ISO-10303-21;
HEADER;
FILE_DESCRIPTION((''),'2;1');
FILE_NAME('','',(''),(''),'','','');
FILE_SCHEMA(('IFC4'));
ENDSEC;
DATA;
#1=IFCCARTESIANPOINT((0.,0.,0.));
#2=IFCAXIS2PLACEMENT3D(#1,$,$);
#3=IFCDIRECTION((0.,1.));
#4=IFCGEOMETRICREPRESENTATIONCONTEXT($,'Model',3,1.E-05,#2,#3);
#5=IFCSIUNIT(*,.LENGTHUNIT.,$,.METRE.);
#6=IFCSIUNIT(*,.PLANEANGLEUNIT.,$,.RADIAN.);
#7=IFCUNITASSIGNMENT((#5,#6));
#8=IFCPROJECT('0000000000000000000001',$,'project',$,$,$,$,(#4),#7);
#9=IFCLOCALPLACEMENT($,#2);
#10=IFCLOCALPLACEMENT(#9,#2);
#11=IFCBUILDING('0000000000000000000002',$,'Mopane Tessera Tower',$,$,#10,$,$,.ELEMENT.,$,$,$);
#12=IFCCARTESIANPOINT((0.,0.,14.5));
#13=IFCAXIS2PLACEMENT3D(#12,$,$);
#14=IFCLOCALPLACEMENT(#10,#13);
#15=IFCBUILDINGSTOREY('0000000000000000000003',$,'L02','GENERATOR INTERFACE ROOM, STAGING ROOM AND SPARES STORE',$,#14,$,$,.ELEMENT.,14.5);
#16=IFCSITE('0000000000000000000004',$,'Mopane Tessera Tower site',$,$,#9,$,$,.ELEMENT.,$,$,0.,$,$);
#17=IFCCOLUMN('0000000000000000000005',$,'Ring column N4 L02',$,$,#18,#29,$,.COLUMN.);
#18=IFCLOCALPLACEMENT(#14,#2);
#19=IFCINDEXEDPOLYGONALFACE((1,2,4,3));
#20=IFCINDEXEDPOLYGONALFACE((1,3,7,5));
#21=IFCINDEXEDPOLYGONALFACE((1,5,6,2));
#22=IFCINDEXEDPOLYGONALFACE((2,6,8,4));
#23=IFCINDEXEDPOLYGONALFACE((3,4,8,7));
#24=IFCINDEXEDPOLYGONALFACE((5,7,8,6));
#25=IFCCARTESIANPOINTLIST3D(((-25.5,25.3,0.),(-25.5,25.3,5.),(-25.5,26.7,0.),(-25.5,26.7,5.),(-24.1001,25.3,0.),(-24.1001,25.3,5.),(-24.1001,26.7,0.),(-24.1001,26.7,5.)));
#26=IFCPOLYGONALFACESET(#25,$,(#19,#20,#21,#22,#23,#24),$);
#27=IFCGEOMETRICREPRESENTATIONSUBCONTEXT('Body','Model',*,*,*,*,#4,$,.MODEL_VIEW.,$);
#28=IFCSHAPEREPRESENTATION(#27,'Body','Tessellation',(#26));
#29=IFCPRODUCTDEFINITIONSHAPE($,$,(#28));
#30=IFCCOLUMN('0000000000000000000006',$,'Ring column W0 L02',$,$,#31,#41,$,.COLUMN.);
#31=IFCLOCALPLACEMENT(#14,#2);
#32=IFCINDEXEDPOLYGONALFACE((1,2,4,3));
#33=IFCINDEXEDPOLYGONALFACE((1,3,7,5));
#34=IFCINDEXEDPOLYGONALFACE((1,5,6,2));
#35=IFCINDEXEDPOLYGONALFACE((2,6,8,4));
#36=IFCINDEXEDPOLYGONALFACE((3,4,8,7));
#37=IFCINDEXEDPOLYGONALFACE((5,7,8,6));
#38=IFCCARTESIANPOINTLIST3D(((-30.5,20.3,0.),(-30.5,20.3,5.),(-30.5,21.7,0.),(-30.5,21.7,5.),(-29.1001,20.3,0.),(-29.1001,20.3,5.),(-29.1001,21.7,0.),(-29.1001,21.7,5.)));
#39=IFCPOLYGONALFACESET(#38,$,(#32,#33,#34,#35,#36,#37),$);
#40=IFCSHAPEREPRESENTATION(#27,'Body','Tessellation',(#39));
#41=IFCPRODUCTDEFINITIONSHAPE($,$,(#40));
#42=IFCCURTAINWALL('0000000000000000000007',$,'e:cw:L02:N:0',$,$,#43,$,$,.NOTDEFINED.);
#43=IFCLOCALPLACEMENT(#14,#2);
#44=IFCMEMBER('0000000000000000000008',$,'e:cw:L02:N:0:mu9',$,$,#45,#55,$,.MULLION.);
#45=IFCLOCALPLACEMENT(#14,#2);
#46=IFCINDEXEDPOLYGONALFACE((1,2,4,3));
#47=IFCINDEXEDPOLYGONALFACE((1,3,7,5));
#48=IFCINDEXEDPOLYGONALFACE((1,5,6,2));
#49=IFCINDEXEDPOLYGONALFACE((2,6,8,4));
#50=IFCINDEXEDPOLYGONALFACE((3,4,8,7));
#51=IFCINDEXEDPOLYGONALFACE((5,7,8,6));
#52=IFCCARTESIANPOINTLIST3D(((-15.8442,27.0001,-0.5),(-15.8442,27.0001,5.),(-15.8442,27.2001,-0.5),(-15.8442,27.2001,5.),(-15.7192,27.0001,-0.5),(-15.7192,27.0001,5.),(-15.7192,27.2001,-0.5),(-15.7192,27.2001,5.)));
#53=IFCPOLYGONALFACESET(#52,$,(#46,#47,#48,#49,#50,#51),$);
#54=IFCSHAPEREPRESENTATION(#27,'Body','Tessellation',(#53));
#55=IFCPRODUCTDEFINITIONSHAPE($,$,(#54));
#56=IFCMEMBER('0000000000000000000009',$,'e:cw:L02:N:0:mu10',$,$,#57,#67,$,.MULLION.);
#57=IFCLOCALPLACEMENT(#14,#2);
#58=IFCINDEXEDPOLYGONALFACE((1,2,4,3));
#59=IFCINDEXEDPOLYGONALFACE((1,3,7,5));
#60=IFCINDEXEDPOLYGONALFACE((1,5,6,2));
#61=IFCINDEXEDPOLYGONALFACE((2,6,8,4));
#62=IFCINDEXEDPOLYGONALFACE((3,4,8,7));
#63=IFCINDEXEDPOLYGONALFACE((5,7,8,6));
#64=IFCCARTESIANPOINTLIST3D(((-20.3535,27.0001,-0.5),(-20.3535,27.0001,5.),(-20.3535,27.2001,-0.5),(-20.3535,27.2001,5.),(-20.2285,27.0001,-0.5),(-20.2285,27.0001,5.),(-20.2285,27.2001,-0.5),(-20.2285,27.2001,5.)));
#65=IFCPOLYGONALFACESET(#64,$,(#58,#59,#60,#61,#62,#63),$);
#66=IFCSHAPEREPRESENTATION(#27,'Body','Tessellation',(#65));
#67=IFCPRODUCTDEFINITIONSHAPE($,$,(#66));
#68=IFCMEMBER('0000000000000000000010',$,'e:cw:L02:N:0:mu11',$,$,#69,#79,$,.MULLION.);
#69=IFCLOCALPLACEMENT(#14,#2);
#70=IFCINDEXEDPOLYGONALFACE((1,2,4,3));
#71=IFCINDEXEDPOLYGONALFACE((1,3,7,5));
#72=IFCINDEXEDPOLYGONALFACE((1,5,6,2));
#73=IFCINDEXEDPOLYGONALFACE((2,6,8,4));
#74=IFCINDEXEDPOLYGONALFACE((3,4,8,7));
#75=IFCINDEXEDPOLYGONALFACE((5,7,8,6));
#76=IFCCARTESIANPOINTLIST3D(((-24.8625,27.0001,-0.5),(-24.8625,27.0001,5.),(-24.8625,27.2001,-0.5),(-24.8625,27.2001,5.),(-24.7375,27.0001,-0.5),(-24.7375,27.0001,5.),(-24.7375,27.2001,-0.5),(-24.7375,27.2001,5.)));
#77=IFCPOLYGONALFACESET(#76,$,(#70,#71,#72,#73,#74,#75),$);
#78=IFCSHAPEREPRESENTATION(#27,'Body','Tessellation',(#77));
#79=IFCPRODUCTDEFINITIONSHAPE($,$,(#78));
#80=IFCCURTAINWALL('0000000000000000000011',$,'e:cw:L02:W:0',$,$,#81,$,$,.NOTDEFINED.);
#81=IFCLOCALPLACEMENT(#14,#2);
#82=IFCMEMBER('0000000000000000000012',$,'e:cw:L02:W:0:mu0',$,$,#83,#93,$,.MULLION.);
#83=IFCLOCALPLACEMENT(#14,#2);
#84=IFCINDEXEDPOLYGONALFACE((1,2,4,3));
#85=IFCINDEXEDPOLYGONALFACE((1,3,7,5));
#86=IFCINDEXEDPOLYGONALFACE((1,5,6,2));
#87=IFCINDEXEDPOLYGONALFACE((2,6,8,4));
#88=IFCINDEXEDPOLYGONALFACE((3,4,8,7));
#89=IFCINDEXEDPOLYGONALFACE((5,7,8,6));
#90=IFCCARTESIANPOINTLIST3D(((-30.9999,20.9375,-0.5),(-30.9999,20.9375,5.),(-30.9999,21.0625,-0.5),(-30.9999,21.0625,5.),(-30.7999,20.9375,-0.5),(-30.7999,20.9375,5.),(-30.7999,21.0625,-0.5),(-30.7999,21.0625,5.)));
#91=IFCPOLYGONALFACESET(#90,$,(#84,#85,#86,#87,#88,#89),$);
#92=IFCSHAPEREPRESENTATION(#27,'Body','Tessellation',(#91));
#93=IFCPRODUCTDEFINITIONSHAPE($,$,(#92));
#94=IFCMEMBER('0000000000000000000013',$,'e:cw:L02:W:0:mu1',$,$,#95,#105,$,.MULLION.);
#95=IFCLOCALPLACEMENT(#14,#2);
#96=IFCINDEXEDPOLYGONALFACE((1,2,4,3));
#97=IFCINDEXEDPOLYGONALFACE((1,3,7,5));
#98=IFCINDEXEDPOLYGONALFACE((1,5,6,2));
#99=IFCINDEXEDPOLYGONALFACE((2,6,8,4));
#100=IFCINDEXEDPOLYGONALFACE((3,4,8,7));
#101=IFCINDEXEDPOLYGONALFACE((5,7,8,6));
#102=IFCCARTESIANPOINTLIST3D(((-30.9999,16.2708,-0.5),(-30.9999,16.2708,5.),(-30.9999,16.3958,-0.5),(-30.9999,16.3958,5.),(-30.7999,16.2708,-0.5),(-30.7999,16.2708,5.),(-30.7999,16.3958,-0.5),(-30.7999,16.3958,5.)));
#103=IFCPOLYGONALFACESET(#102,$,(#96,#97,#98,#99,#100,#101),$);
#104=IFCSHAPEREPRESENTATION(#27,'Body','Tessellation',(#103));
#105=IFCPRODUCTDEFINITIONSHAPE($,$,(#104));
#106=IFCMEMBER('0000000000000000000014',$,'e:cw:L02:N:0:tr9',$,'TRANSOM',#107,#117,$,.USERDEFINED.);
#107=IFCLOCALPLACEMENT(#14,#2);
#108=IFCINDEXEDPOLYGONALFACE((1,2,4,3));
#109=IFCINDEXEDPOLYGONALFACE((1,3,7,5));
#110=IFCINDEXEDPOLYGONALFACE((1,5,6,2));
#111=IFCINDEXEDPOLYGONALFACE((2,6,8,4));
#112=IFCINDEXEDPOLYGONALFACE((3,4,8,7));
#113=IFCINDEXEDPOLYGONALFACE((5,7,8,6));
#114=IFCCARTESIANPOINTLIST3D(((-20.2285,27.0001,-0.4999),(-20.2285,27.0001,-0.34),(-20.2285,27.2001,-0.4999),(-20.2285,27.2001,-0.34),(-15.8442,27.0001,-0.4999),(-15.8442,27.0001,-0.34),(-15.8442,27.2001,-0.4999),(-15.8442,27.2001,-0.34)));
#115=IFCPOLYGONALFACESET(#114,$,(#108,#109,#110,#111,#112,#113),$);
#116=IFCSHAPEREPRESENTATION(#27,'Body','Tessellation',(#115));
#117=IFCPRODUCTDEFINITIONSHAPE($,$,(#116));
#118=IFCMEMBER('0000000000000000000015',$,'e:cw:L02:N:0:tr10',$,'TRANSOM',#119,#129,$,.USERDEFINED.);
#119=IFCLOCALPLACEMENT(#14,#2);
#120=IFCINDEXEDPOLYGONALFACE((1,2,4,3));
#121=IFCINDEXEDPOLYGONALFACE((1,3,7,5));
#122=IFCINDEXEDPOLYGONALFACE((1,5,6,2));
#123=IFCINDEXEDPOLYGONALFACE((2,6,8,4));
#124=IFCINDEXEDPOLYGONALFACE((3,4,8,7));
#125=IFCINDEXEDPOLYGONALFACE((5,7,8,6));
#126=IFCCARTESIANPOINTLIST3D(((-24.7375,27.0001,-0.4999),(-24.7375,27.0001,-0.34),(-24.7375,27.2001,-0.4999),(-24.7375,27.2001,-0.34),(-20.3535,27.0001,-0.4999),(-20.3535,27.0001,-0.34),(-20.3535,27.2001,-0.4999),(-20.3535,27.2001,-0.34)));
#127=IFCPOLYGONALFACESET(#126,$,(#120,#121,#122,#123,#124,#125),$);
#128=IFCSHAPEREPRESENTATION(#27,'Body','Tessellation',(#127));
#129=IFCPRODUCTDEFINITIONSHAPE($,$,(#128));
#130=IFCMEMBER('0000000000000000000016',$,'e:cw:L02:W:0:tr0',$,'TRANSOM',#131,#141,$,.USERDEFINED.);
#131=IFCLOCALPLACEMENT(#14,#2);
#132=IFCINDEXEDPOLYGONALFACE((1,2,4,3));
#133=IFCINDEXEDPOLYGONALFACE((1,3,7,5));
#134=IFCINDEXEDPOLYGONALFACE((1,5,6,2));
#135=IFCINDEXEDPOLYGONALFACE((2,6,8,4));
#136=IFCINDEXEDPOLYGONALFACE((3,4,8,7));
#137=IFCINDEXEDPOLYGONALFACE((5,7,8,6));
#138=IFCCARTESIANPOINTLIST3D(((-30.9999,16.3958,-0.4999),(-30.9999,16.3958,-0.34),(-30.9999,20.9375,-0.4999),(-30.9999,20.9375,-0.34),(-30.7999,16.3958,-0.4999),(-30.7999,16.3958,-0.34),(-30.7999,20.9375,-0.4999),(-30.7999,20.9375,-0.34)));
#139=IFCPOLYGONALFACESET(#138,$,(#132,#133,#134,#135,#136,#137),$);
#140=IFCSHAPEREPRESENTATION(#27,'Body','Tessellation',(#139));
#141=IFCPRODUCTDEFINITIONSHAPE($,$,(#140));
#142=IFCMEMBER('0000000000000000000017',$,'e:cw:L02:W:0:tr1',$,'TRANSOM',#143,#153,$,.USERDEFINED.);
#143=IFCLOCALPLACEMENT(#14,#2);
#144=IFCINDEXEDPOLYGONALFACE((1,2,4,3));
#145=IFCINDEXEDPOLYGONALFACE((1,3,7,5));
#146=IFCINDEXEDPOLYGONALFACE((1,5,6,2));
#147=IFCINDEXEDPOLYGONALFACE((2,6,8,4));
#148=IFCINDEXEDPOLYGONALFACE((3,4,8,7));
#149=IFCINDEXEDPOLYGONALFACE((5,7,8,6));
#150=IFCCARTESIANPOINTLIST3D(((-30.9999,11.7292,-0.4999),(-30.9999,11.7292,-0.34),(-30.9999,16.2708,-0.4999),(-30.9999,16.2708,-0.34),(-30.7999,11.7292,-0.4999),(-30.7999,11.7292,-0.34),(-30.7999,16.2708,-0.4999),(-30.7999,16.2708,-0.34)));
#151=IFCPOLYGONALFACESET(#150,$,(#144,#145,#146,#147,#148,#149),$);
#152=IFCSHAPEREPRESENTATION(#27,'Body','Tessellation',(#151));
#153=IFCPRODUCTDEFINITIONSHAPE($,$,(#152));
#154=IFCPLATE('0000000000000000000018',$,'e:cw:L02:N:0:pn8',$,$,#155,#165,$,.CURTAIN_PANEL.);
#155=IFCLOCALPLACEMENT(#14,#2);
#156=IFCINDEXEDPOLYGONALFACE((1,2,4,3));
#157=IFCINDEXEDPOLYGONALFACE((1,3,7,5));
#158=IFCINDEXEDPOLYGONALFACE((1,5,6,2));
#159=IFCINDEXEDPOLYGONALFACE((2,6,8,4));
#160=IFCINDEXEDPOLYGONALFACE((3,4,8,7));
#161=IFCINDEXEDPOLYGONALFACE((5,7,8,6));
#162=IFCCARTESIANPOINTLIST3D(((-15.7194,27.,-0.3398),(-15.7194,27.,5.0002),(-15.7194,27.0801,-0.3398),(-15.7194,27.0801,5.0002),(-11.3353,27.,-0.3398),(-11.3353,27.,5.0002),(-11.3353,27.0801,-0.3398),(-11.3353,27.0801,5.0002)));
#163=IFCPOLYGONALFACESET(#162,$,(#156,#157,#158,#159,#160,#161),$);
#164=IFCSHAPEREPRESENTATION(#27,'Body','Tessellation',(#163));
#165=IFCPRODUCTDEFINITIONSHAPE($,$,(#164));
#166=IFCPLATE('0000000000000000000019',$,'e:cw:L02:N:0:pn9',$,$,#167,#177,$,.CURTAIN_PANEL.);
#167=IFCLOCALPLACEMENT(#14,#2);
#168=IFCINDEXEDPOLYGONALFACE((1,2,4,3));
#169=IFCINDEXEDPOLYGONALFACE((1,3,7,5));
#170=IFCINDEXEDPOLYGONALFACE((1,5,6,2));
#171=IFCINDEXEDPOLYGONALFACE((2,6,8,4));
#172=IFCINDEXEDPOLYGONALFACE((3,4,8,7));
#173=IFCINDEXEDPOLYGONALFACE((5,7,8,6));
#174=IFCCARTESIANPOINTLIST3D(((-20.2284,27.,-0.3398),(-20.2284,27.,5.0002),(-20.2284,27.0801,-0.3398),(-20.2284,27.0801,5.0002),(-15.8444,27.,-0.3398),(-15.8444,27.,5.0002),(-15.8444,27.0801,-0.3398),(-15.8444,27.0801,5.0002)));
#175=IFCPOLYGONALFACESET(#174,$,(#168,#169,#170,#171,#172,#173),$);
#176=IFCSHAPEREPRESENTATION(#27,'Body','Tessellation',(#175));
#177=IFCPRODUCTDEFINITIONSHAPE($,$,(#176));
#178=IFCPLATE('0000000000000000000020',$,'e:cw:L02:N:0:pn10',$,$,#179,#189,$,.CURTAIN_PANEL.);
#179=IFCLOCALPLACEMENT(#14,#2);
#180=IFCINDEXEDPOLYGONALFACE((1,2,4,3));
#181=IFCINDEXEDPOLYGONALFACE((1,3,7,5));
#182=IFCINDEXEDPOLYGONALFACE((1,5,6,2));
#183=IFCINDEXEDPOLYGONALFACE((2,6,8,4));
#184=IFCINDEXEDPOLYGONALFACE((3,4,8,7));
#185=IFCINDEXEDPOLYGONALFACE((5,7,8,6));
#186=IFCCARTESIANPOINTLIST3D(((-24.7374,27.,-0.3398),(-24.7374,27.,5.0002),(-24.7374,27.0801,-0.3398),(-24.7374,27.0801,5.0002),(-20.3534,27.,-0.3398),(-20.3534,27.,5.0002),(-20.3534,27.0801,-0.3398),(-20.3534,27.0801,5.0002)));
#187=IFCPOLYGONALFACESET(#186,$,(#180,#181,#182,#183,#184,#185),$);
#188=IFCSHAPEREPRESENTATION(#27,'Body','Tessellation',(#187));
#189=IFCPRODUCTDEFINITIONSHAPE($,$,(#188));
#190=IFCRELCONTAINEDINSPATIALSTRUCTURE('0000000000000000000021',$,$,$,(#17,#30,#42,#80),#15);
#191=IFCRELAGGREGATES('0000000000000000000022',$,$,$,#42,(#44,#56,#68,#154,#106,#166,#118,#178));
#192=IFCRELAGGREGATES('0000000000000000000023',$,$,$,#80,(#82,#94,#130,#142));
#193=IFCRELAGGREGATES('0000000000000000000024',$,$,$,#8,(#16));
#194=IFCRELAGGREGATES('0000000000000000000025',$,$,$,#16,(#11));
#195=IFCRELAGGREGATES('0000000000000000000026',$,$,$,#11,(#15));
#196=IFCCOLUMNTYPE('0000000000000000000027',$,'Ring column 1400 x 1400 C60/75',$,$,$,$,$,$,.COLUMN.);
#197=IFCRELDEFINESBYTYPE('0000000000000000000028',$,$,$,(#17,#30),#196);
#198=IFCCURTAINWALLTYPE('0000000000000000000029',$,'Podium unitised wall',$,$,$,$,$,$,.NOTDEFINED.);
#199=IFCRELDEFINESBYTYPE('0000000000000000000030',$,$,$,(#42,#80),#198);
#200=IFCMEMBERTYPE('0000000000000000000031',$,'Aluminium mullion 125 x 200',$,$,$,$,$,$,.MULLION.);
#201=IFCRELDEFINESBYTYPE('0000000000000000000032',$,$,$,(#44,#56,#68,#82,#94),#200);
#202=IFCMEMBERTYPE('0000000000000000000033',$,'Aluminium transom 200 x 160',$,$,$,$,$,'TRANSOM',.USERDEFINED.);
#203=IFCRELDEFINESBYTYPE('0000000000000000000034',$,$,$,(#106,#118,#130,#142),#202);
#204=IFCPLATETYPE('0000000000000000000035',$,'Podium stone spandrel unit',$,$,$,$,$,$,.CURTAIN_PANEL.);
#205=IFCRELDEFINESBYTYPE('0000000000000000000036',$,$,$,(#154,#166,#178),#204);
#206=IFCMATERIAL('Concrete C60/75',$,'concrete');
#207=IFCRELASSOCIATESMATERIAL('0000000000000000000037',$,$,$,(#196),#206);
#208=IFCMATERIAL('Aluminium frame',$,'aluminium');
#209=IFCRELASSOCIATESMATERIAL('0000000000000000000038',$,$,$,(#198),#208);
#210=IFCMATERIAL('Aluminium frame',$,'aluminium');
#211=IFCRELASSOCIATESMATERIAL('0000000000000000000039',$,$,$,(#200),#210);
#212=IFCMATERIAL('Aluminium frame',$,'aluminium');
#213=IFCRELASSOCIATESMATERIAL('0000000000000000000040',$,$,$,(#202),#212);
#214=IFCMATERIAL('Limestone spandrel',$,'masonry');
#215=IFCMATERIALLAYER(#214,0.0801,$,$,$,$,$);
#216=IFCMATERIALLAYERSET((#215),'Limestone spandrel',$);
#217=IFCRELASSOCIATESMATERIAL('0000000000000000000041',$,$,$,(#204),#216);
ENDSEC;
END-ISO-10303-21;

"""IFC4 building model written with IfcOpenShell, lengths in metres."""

from ifc_helpers import new_model, si_unit, direction, frame, origin, origin_2d, place, context, subcontext, project, spatial, rectangle, extrude, material, layer, layer_set, material_profile, profile_set, type_object, element, aggregate, save


model = new_model("IFC4")

# Units and contexts
model_context = context("Model", 3, precision=1e-05, world=origin(), true_north=direction((0.0, 1.0)))
body_context = subcontext(model_context, "Body", "Model", "MODEL_VIEW")
ifc_project = project(units=[si_unit("LENGTHUNIT", "METRE"), si_unit("PLANEANGLEUNIT", "RADIAN")], contexts=[model_context])

# Site, building, storey
site_placement = place(None, origin())
site = spatial("IfcSite", under=ifc_project, at=site_placement, Name="Mopane Tessera Tower site", CompositionType="ELEMENT", RefElevation=0.0)
building_placement = place(site_placement, origin())
building = spatial("IfcBuilding", under=site, at=building_placement, Name="Mopane Tessera Tower", CompositionType="ELEMENT")
storey_placement = place(building_placement, frame((0.0, 0.0, 14.5)))
storey = spatial("IfcBuildingStorey", under=building, at=storey_placement, Name="L02", Description="GENERATOR INTERFACE ROOM, STAGING ROOM AND SPARES STORE", CompositionType="ELEMENT", Elevation=14.5)

# Columns
ifc_material_1 = material(Name="Concrete C60/75", Category="concrete")
ifc_material_profile_1 = material_profile(ifc_material_1, rectangle(XDim=1.3999, YDim=1.3999, at=origin_2d()))
ifc_profile_set_1 = profile_set([ifc_material_profile_1], Name="Concrete C60/75")
column_type = type_object("IfcColumnType", Name="Ring column 1400 x 1400 C60/75", PredefinedType="COLUMN", material=ifc_profile_set_1)
for number, where, z_axis, x_axis, name in (
    (1, (-24.8, 26.0, 0.0), (0.0, 0.0, 1.0), (1.0, 0.0, 0.0), "Ring column N4 L02"),
    (2, (-29.8, 21.0, 0.0), (0.0, 0.0, 1.0), (1.0, 0.0, 0.0), "Ring column W0 L02"),
):
    element("IfcColumn", number, at=place(storey_placement, frame(where, z_axis=z_axis, x_axis=x_axis)), inside=storey, type_object=column_type, Name=name, PredefinedType="COLUMN", context=body_context, shape_type="SweptSolid", body=[
        extrude(rectangle(XDim=1.3999, YDim=1.3999, at=origin_2d()), origin(), (0.0, 0.0, 1.0), 5.0),
    ])

# Curtain walls, members
ifc_material_2 = material(Name="Aluminium frame", Category="aluminium")
curtain_wall_type = type_object("IfcCurtainWallType", Name="Podium unitised wall", PredefinedType="NOTDEFINED", material=ifc_material_2)
curtain_wall_1_placement = place(storey_placement, origin())
curtain_wall_1 = element("IfcCurtainWall", 3, at=curtain_wall_1_placement, inside=storey, type_object=curtain_wall_type, Name="e:cw:L02:N:0", PredefinedType="NOTDEFINED")
ifc_material_3 = material(Name="Aluminium frame", Category="aluminium")
ifc_material_profile_2 = material_profile(ifc_material_3, rectangle(XDim=0.125, YDim=0.2, at=origin_2d()))
ifc_profile_set_2 = profile_set([ifc_material_profile_2], Name="Aluminium frame")
member_type_1 = type_object("IfcMemberType", Name="Aluminium mullion 125 x 200", PredefinedType="MULLION", material=ifc_profile_set_2)
member_1_placement = place(storey_placement, frame((-15.7817, 27.1001, -0.5), z_axis=(0.0, 0.0, 1.0), x_axis=(-1.0, 0.0, 0.0)))
member_1 = element("IfcMember", 4, at=member_1_placement, type_object=member_type_1, Name="e:cw:L02:N:0:mu9", PredefinedType="MULLION", context=body_context, shape_type="SweptSolid", body=[
    extrude(rectangle(XDim=0.125, YDim=0.2, at=origin_2d()), origin(), (0.0, 0.0, 1.0), 5.5),
])
member_2_placement = place(storey_placement, frame((-20.291, 27.1001, -0.5), z_axis=(0.0, 0.0, 1.0), x_axis=(-1.0, 0.0, 0.0)))
member_2 = element("IfcMember", 5, at=member_2_placement, type_object=member_type_1, Name="e:cw:L02:N:0:mu10", PredefinedType="MULLION", context=body_context, shape_type="SweptSolid", body=[
    extrude(rectangle(XDim=0.125, YDim=0.2, at=origin_2d()), origin(), (0.0, 0.0, 1.0), 5.5),
])
member_3_placement = place(storey_placement, frame((-24.8, 27.1001, -0.5), z_axis=(0.0, 0.0, 1.0), x_axis=(-1.0, 0.0, 0.0)))
member_3 = element("IfcMember", 6, at=member_3_placement, type_object=member_type_1, Name="e:cw:L02:N:0:mu11", PredefinedType="MULLION", context=body_context, shape_type="SweptSolid", body=[
    extrude(rectangle(XDim=0.125, YDim=0.2, at=origin_2d()), origin(), (0.0, 0.0, 1.0), 5.5),
])
curtain_wall_2_placement = place(storey_placement, origin())
curtain_wall_2 = element("IfcCurtainWall", 7, at=curtain_wall_2_placement, inside=storey, type_object=curtain_wall_type, Name="e:cw:L02:W:0", PredefinedType="NOTDEFINED")
member_4_placement = place(storey_placement, frame((-30.8999, 21.0, -0.5), z_axis=(0.0, 0.0, 1.0), x_axis=(0.0, -1.0, 0.0)))
member_4 = element("IfcMember", 8, at=member_4_placement, type_object=member_type_1, Name="e:cw:L02:W:0:mu0", PredefinedType="MULLION", context=body_context, shape_type="SweptSolid", body=[
    extrude(rectangle(XDim=0.125, YDim=0.2, at=origin_2d()), origin(), (0.0, 0.0, 1.0), 5.5),
])
member_5_placement = place(storey_placement, frame((-30.8999, 16.3333, -0.5), z_axis=(0.0, 0.0, 1.0), x_axis=(0.0, -1.0, 0.0)))
member_5 = element("IfcMember", 9, at=member_5_placement, type_object=member_type_1, Name="e:cw:L02:W:0:mu1", PredefinedType="MULLION", context=body_context, shape_type="SweptSolid", body=[
    extrude(rectangle(XDim=0.125, YDim=0.2, at=origin_2d()), origin(), (0.0, 0.0, 1.0), 5.5),
])

# Members
ifc_material_4 = material(Name="Aluminium frame", Category="aluminium")
ifc_material_profile_3 = material_profile(ifc_material_4, rectangle(XDim=0.2, YDim=0.1599, at=origin_2d()))
ifc_profile_set_3 = profile_set([ifc_material_profile_3], Name="Aluminium frame")
member_type_2 = type_object("IfcMemberType", Name="Aluminium transom 200 x 160", ElementType="TRANSOM", PredefinedType="USERDEFINED", material=ifc_profile_set_3)
member_6_placement = place(storey_placement, frame((-15.8442, 27.1001, -0.4199), z_axis=(-1.0, 0.0, 0.0), x_axis=(0.0, -1.0, 0.0)))
member_6 = element("IfcMember", 10, at=member_6_placement, type_object=member_type_2, Name="e:cw:L02:N:0:tr9", ObjectType="TRANSOM", PredefinedType="USERDEFINED", context=body_context, shape_type="SweptSolid", body=[
    extrude(rectangle(XDim=0.2, YDim=0.1599, at=origin_2d()), origin(), (0.0, 0.0, 1.0), 4.3843),
])
member_7_placement = place(storey_placement, frame((-20.3535, 27.1001, -0.4199), z_axis=(-1.0, 0.0, 0.0), x_axis=(0.0, -1.0, 0.0)))
member_7 = element("IfcMember", 11, at=member_7_placement, type_object=member_type_2, Name="e:cw:L02:N:0:tr10", ObjectType="TRANSOM", PredefinedType="USERDEFINED", context=body_context, shape_type="SweptSolid", body=[
    extrude(rectangle(XDim=0.2, YDim=0.1599, at=origin_2d()), origin(), (0.0, 0.0, 1.0), 4.384),
])
member_8_placement = place(storey_placement, frame((-30.8999, 20.9375, -0.4199), z_axis=(0.0, -1.0, 0.0), x_axis=(1.0, 0.0, 0.0)))
member_8 = element("IfcMember", 12, at=member_8_placement, type_object=member_type_2, Name="e:cw:L02:W:0:tr0", ObjectType="TRANSOM", PredefinedType="USERDEFINED", context=body_context, shape_type="SweptSolid", body=[
    extrude(rectangle(XDim=0.2, YDim=0.1599, at=origin_2d()), origin(), (0.0, 0.0, 1.0), 4.5417),
])
member_9_placement = place(storey_placement, frame((-30.8999, 16.2708, -0.4199), z_axis=(0.0, -1.0, 0.0), x_axis=(1.0, 0.0, 0.0)))
member_9 = element("IfcMember", 13, at=member_9_placement, type_object=member_type_2, Name="e:cw:L02:W:0:tr1", ObjectType="TRANSOM", PredefinedType="USERDEFINED", context=body_context, shape_type="SweptSolid", body=[
    extrude(rectangle(XDim=0.2, YDim=0.1599, at=origin_2d()), origin(), (0.0, 0.0, 1.0), 4.5415),
])

# Plates
ifc_material_5 = material(Name="Limestone spandrel", Category="masonry")
ifc_layer_1 = layer(ifc_material_5, 0.0801)
ifc_layer_set_1 = layer_set([ifc_layer_1], Name="Limestone spandrel")
plate_type = type_object("IfcPlateType", Name="Podium stone spandrel unit", PredefinedType="CURTAIN_PANEL", material=ifc_layer_set_1)
plate_1_placement = place(storey_placement, frame((-13.5273, 27.04, -0.3398), z_axis=(0.0, 0.0, 1.0), x_axis=(-1.0, 0.0, 0.0)))
plate_1 = element("IfcPlate", 14, at=plate_1_placement, type_object=plate_type, Name="e:cw:L02:N:0:pn8", PredefinedType="CURTAIN_PANEL", context=body_context, shape_type="SweptSolid", body=[
    extrude(rectangle(XDim=4.384, YDim=0.0801, at=origin_2d()), origin(), (0.0, 0.0, 1.0), 5.3401),
])
plate_2_placement = place(storey_placement, frame((-18.0364, 27.04, -0.3398), z_axis=(0.0, 0.0, 1.0), x_axis=(-1.0, 0.0, 0.0)))
plate_2 = element("IfcPlate", 15, at=plate_2_placement, type_object=plate_type, Name="e:cw:L02:N:0:pn9", PredefinedType="CURTAIN_PANEL", context=body_context, shape_type="SweptSolid", body=[
    extrude(rectangle(XDim=4.384, YDim=0.0801, at=origin_2d()), origin(), (0.0, 0.0, 1.0), 5.3401),
])
plate_3_placement = place(storey_placement, frame((-22.5454, 27.04, -0.3398), z_axis=(0.0, 0.0, 1.0), x_axis=(-1.0, 0.0, 0.0)))
plate_3 = element("IfcPlate", 16, at=plate_3_placement, type_object=plate_type, Name="e:cw:L02:N:0:pn10", PredefinedType="CURTAIN_PANEL", context=body_context, shape_type="SweptSolid", body=[
    extrude(rectangle(XDim=4.384, YDim=0.0801, at=origin_2d()), origin(), (0.0, 0.0, 1.0), 5.3401),
])
aggregate(curtain_wall_1, [member_1, member_2, member_3, plate_1, member_6, plate_2, member_7, plate_3])
aggregate(curtain_wall_2, [member_4, member_5, member_8, member_9])

save(model, "model.ifc")
